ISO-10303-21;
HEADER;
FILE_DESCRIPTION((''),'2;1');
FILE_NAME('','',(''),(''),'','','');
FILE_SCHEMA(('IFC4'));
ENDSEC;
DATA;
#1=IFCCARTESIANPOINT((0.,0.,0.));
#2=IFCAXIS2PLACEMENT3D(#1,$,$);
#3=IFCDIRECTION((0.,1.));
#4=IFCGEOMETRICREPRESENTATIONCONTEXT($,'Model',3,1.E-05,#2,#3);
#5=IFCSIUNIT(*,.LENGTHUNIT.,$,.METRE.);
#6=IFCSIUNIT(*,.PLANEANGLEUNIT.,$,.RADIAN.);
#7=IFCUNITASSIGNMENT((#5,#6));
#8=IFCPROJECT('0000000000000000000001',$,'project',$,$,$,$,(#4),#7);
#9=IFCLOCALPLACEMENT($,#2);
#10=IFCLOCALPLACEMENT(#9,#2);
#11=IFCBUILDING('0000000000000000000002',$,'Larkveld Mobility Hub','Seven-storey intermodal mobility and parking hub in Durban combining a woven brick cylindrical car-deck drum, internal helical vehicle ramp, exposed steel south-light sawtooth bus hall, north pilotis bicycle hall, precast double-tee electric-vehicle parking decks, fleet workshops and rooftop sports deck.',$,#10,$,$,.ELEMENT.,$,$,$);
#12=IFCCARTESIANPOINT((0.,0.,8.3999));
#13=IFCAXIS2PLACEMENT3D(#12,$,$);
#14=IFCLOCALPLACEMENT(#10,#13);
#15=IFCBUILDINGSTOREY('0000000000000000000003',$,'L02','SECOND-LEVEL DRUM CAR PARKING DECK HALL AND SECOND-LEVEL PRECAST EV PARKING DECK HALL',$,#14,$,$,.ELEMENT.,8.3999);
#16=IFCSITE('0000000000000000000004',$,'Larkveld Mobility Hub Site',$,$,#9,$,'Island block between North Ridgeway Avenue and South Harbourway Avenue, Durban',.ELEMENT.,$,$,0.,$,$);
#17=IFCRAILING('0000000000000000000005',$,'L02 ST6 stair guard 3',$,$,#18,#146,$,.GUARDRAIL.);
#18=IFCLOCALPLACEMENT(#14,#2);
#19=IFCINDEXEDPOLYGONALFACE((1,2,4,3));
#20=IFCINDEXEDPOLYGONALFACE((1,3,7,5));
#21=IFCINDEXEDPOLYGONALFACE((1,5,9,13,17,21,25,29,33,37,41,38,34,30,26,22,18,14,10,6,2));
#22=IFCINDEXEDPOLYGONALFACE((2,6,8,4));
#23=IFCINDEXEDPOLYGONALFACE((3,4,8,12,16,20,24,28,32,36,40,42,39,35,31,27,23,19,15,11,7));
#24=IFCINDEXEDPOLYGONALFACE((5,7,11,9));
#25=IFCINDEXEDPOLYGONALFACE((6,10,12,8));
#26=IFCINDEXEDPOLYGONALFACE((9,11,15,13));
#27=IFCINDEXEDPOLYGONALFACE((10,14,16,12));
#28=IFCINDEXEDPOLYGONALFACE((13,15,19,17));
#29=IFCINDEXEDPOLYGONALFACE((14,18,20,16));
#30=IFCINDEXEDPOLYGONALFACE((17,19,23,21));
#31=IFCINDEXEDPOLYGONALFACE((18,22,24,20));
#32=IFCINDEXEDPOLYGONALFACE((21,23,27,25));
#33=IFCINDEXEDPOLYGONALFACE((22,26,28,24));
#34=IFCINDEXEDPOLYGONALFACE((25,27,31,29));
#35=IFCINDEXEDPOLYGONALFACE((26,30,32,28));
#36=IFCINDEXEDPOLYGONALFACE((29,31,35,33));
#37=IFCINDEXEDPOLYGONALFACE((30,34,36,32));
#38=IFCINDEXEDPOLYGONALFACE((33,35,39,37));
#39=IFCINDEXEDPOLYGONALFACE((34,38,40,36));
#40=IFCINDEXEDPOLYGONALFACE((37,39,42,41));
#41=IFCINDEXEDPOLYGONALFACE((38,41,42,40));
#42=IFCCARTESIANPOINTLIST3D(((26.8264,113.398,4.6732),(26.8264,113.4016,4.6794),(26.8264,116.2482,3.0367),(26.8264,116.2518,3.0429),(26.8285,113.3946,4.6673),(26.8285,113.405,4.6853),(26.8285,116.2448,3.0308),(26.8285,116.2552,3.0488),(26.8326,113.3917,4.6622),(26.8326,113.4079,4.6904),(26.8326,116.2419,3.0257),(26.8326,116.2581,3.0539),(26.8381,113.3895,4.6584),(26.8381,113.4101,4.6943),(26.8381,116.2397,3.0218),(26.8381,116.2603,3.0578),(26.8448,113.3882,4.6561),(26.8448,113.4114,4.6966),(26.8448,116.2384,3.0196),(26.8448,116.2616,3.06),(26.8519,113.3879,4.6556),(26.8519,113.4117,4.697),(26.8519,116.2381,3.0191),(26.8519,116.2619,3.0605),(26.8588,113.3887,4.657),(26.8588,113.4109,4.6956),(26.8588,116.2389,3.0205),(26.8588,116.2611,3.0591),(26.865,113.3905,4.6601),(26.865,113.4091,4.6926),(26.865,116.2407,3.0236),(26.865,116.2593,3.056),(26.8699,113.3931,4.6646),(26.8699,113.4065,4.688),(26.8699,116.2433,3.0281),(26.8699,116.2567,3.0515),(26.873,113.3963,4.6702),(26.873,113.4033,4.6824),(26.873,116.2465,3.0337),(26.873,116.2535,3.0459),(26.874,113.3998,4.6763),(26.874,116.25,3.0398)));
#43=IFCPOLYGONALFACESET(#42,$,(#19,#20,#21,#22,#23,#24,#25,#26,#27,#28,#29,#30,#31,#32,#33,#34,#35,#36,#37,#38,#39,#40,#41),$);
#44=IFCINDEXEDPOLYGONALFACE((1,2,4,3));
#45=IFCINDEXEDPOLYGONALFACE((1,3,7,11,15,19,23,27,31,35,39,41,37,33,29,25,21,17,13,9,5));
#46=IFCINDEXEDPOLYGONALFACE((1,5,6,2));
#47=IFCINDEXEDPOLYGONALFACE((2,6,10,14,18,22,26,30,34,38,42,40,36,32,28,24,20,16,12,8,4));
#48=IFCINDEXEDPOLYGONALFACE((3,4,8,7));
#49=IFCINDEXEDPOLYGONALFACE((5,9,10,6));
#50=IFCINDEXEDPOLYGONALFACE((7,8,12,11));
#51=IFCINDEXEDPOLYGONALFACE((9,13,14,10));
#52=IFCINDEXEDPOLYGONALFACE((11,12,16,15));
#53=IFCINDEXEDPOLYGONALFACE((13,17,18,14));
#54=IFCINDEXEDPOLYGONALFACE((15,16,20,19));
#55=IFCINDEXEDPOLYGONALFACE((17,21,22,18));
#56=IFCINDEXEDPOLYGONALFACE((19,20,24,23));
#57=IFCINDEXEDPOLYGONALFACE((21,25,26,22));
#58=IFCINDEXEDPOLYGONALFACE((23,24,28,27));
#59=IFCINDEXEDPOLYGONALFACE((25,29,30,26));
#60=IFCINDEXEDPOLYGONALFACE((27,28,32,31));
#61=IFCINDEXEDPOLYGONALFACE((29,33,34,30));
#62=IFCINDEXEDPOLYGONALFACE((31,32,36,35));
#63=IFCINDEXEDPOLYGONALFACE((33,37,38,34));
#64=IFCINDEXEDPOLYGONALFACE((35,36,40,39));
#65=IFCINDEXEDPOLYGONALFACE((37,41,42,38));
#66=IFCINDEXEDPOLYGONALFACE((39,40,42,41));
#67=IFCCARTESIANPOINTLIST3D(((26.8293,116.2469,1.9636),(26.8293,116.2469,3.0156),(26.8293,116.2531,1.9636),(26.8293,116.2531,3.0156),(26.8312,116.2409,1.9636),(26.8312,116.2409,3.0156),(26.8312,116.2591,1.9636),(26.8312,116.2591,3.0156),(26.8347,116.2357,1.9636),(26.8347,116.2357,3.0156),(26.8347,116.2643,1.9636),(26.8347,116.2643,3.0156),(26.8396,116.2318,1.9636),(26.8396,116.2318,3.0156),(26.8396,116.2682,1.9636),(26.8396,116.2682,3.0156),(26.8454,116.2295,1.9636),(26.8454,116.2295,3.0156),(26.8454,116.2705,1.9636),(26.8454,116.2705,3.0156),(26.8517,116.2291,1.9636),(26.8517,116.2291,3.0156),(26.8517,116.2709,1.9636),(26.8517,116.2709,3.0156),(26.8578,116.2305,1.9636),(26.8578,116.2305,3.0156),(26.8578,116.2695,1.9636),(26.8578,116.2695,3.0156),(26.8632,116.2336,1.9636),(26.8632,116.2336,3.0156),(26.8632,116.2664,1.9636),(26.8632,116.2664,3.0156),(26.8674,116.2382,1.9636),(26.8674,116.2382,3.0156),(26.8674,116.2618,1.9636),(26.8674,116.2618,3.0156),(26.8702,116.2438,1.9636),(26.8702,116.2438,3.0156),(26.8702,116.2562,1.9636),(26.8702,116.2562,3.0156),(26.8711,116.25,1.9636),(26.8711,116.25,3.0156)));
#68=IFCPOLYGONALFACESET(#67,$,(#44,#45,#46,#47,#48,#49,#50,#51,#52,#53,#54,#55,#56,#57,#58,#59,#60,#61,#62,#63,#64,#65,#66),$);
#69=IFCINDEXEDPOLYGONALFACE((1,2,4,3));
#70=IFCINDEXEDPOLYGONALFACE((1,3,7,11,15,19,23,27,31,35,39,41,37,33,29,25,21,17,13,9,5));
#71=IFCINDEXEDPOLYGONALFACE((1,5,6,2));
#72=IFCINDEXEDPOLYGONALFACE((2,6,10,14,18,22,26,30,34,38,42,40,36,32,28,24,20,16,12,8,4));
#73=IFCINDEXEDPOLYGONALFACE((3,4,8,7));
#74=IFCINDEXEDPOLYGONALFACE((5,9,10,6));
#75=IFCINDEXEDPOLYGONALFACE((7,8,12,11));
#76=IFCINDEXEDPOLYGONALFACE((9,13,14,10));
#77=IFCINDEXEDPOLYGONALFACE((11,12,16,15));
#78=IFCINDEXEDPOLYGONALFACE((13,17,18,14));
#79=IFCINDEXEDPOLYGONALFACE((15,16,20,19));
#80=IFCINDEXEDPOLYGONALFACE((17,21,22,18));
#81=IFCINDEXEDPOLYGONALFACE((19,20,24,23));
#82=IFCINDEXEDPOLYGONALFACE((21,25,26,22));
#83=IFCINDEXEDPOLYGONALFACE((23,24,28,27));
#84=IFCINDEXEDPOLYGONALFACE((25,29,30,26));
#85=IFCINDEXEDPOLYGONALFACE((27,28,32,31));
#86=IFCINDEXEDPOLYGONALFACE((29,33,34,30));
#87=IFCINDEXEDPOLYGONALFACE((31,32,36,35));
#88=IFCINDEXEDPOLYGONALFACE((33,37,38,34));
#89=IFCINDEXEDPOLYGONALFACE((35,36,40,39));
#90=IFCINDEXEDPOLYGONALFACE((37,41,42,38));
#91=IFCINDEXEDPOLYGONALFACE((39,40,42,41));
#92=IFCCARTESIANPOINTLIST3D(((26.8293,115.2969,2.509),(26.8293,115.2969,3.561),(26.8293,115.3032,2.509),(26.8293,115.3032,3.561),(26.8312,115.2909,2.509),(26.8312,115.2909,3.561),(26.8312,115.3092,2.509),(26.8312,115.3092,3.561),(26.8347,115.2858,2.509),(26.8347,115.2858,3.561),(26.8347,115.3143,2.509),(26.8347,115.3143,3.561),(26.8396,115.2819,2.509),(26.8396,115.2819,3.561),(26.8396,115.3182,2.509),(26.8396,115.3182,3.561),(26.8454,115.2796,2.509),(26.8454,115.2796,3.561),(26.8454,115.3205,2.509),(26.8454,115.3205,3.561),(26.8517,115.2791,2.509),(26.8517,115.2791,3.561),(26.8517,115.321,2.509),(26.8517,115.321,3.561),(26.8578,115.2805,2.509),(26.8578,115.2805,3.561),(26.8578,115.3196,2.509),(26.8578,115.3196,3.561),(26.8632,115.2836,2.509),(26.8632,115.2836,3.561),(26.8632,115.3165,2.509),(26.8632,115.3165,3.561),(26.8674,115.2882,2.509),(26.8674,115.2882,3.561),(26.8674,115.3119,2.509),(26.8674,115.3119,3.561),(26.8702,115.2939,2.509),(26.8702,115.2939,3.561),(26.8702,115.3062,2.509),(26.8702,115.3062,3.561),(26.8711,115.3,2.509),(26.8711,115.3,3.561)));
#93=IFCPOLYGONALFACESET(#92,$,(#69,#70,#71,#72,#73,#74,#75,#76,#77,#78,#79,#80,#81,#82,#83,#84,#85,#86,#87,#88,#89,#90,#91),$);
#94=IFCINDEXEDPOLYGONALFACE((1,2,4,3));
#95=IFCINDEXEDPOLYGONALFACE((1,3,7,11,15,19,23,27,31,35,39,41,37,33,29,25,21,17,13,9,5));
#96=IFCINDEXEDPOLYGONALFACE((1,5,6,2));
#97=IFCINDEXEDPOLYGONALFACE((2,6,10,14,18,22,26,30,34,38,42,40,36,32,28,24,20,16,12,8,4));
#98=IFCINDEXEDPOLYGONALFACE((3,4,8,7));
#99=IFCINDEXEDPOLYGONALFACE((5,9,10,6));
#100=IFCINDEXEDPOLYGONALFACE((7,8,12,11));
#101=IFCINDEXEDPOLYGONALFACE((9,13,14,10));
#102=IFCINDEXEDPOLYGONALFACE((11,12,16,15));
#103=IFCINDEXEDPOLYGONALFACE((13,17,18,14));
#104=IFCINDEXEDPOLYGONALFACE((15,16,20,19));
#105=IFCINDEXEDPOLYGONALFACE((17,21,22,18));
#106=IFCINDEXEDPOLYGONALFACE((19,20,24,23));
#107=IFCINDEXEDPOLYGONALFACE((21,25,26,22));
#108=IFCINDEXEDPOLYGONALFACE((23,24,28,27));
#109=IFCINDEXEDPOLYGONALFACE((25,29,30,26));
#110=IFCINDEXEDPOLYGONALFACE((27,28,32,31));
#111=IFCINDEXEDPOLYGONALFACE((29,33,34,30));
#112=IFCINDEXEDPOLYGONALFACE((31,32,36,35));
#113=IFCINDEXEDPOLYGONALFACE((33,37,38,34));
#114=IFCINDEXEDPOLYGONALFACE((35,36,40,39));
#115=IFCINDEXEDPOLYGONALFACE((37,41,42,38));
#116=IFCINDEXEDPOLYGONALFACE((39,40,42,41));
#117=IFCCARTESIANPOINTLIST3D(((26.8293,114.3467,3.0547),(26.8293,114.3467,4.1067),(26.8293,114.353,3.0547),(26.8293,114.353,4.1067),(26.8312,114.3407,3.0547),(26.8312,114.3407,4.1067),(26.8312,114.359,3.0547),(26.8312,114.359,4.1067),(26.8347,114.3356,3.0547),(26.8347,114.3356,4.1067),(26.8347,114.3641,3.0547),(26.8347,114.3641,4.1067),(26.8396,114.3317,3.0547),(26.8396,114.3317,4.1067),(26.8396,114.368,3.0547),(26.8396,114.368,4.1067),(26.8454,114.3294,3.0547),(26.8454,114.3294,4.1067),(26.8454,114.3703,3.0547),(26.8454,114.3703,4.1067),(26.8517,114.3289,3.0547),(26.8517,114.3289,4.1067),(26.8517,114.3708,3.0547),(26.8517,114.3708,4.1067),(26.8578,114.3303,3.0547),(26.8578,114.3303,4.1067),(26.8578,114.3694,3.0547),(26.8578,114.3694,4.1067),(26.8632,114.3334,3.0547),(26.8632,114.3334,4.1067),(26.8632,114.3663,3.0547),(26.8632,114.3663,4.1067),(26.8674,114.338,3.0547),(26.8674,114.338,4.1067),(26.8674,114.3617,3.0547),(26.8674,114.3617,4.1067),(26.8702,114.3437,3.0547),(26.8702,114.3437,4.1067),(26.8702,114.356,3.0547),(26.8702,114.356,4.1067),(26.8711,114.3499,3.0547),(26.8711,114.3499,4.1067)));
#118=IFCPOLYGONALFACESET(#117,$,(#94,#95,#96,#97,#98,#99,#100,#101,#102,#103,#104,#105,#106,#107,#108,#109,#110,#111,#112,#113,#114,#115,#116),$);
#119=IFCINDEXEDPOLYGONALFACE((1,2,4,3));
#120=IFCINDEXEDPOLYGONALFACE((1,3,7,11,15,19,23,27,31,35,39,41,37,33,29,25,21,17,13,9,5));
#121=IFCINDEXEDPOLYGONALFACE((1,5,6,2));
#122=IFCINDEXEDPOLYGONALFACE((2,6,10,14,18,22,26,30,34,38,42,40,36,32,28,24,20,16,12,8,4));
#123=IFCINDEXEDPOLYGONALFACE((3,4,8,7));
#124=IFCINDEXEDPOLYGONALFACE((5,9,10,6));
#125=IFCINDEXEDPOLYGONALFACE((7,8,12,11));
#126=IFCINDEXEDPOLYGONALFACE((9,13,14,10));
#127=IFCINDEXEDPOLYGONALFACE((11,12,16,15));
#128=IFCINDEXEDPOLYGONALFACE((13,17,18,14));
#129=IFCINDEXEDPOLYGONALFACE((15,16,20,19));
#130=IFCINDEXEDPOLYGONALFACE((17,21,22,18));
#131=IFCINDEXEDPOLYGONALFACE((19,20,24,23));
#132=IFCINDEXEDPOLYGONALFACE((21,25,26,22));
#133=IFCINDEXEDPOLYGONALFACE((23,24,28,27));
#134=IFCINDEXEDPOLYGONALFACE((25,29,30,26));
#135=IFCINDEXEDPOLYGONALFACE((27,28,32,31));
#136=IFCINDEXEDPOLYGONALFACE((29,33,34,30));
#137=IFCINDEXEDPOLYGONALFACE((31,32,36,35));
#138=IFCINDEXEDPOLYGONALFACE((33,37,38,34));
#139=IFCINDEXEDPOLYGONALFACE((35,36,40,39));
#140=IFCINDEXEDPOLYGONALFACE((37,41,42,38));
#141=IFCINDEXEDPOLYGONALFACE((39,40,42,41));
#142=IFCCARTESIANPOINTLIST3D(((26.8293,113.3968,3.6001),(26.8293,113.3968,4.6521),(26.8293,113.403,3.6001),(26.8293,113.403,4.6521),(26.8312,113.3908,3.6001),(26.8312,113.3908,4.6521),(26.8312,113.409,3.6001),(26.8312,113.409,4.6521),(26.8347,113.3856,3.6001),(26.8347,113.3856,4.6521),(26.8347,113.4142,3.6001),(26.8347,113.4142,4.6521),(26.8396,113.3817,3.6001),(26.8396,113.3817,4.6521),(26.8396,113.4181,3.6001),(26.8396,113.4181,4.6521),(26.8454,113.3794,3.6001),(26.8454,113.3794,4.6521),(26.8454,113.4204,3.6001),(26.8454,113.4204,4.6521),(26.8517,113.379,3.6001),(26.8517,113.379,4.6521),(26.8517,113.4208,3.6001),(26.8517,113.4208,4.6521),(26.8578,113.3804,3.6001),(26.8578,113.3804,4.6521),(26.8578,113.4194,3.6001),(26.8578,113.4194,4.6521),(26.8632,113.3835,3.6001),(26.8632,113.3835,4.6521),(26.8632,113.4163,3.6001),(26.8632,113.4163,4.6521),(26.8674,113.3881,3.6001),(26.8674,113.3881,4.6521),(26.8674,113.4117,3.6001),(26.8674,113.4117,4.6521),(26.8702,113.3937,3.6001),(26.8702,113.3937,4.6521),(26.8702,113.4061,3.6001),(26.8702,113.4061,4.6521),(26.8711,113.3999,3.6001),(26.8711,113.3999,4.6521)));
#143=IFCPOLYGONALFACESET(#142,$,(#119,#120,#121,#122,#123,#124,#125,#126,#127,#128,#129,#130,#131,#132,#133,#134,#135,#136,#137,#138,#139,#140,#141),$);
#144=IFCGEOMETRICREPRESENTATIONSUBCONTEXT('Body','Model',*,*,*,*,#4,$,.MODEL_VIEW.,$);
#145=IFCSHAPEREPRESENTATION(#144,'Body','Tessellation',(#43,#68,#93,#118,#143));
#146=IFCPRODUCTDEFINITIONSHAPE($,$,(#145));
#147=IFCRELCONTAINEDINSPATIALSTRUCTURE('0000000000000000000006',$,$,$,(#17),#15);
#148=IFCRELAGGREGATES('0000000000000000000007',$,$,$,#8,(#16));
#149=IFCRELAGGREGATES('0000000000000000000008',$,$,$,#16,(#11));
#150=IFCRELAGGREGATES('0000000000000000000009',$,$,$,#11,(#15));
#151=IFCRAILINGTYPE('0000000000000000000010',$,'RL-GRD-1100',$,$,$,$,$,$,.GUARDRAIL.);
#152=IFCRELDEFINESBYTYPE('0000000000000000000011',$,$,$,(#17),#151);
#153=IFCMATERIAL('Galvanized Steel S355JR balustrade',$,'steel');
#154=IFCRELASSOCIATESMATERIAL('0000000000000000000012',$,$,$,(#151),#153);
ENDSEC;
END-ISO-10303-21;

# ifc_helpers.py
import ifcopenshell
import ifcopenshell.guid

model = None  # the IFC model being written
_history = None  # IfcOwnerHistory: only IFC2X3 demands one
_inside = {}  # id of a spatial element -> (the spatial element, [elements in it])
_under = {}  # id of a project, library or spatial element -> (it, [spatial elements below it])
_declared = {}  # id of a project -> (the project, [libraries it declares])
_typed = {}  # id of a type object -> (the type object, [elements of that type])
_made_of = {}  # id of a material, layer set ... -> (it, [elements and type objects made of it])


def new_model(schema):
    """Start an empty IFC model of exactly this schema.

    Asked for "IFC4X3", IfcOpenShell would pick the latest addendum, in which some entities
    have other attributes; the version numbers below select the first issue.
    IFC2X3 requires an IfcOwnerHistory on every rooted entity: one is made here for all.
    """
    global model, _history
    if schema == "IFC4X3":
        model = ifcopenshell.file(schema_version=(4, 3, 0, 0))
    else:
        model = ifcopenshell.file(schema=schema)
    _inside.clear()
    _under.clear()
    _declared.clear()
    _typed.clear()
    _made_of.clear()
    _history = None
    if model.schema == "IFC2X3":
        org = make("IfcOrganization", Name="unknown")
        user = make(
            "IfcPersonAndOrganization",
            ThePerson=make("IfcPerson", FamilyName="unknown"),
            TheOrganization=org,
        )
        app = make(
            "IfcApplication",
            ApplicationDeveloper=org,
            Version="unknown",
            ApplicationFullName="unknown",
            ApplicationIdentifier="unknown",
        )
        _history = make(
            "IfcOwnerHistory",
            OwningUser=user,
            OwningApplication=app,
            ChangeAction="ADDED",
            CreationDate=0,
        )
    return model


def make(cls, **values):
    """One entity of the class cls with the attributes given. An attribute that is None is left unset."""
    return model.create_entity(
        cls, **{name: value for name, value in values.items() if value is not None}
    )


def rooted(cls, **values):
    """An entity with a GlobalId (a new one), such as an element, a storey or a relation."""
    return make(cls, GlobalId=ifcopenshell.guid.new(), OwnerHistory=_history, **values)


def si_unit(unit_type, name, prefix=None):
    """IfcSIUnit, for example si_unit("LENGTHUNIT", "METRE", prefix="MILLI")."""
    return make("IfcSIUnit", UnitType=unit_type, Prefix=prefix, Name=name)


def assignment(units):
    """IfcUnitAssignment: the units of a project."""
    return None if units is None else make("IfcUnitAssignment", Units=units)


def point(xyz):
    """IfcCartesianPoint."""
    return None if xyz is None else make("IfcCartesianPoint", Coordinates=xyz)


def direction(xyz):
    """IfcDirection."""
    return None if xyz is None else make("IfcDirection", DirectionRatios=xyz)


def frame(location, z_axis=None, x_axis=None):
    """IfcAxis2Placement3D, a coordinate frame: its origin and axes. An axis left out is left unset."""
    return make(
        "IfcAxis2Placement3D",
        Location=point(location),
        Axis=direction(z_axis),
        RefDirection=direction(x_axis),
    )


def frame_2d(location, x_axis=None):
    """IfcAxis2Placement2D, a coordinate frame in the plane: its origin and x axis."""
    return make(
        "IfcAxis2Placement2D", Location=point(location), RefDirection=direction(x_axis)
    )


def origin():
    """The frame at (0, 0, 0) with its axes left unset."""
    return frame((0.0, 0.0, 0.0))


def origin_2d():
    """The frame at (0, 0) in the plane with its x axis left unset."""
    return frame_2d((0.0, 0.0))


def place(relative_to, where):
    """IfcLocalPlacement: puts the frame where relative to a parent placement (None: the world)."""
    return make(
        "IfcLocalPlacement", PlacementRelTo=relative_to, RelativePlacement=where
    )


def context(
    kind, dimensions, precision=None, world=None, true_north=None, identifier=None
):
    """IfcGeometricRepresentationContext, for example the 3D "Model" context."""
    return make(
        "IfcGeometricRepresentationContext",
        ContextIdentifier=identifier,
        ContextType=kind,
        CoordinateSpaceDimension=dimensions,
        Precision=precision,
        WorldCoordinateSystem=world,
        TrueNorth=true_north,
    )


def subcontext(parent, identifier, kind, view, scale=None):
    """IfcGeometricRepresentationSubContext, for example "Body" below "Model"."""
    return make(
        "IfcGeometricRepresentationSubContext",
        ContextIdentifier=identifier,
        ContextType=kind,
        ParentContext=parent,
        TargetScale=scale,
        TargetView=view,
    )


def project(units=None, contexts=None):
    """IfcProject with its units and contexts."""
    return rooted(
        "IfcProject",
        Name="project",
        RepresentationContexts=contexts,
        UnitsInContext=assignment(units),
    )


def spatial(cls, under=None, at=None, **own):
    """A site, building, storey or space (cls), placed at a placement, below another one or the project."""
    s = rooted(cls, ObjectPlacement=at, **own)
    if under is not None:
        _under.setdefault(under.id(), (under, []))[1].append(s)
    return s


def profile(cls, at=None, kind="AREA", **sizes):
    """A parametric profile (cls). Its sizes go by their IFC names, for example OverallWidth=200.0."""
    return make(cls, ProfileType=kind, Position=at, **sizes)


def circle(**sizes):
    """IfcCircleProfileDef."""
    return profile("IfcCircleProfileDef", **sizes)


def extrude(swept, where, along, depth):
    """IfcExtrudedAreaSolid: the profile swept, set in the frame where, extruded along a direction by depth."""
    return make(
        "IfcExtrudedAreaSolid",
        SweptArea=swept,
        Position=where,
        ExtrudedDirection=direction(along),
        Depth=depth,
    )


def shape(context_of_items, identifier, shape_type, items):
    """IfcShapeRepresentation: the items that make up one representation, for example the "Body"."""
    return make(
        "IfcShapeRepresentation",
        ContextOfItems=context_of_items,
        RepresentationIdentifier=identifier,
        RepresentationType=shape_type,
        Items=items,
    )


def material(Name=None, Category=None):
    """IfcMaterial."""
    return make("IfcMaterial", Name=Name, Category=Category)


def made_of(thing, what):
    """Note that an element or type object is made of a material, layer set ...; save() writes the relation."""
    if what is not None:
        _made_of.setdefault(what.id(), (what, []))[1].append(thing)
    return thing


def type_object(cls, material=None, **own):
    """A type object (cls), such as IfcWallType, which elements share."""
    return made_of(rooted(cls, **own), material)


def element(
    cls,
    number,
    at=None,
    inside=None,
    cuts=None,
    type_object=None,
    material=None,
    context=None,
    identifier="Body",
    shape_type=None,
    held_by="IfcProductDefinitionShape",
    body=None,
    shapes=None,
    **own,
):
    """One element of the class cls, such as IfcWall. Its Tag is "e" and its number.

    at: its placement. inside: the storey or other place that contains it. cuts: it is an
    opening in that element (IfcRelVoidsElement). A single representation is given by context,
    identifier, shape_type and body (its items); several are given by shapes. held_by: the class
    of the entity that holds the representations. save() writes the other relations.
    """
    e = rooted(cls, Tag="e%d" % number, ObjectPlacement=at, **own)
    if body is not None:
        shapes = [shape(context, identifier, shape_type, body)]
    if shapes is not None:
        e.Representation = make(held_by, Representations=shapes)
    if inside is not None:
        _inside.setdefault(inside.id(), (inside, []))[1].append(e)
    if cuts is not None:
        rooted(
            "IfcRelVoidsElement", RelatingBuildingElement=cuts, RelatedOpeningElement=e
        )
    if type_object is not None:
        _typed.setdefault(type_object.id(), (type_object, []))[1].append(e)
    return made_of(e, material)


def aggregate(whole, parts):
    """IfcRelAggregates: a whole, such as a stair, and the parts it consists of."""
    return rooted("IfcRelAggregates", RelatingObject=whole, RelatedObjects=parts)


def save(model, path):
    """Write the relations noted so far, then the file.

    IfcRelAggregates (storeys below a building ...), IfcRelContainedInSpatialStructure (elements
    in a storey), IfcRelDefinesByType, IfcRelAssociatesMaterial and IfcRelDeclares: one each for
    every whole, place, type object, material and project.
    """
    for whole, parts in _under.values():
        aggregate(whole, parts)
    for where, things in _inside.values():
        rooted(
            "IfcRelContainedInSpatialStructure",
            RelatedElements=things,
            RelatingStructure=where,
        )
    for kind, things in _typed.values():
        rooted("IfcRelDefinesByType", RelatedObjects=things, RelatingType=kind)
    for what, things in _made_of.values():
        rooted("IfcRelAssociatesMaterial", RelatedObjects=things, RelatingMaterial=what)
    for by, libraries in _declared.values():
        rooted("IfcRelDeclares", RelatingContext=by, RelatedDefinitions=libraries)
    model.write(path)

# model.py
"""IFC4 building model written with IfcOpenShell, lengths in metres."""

from ifc_helpers import new_model, si_unit, direction, frame, origin, origin_2d, place, context, subcontext, project, spatial, circle, extrude, material, type_object, element, save


model = new_model("IFC4")

# Units and contexts
model_context = context("Model", 3, precision=1e-05, world=origin(), true_north=direction((0.0, 1.0)))
body_context = subcontext(model_context, "Body", "Model", "MODEL_VIEW")
ifc_project = project(units=[si_unit("LENGTHUNIT", "METRE"), si_unit("PLANEANGLEUNIT", "RADIAN")], contexts=[model_context])

# Site, building, storey
site_placement = place(None, origin())
site = spatial("IfcSite", under=ifc_project, at=site_placement, Name="Larkveld Mobility Hub Site", LongName="Island block between North Ridgeway Avenue and South Harbourway Avenue, Durban", CompositionType="ELEMENT", RefElevation=0.0)
building_placement = place(site_placement, origin())
building = spatial("IfcBuilding", under=site, at=building_placement, Name="Larkveld Mobility Hub", Description="Seven-storey intermodal mobility and parking hub in Durban combining a woven brick cylindrical car-deck drum, internal helical vehicle ramp, exposed steel south-light sawtooth bus hall, north pilotis bicycle hall, precast double-tee electric-vehicle parking decks, fleet workshops and rooftop sports deck.", CompositionType="ELEMENT")
storey_placement = place(building_placement, frame((0.0, 0.0, 8.3999)))
storey = spatial("IfcBuildingStorey", under=building, at=storey_placement, Name="L02", Description="SECOND-LEVEL DRUM CAR PARKING DECK HALL AND SECOND-LEVEL PRECAST EV PARKING DECK HALL", CompositionType="ELEMENT", Elevation=8.3999)

# Railing
ifc_material_1 = material(Name="Galvanized Steel S355JR balustrade", Category="steel")
railing_type_1 = type_object("IfcRailingType", Name="RL-GRD-1100", PredefinedType="GUARDRAIL", material=ifc_material_1)
railing_1_placement = place(storey_placement, frame((26.8501, 116.25, 1.9636)))
element("IfcRailing", 1, at=railing_1_placement, inside=storey, type_object=railing_type_1, Name="L02 ST6 stair guard 3", PredefinedType="GUARDRAIL", context=body_context, shape_type="SweptSolid", body=[
    extrude(circle(Radius=0.0239, at=origin_2d()), frame((0.0, 0.0, 1.0762), z_axis=(0.0, -0.867213, 0.497938), x_axis=(1.0, 0.0, 0.0)), (0.0, 0.0, 1.0), 3.2866),
    extrude(circle(Radius=0.021, at=origin_2d()), origin(), (0.0, 0.0, 1.0), 1.052),
    extrude(circle(Radius=0.021, at=origin_2d()), frame((0.0, -0.95, 0.5454)), (0.0, 0.0, 1.0), 1.052),
    extrude(circle(Radius=0.021, at=origin_2d()), frame((0.0, -1.9001, 1.0911)), (0.0, 0.0, 1.0), 1.052),
    extrude(circle(Radius=0.021, at=origin_2d()), frame((0.0, -2.8501, 1.6365)), (0.0, 0.0, 1.0), 1.052),
])

save(model, "model.ifc")
